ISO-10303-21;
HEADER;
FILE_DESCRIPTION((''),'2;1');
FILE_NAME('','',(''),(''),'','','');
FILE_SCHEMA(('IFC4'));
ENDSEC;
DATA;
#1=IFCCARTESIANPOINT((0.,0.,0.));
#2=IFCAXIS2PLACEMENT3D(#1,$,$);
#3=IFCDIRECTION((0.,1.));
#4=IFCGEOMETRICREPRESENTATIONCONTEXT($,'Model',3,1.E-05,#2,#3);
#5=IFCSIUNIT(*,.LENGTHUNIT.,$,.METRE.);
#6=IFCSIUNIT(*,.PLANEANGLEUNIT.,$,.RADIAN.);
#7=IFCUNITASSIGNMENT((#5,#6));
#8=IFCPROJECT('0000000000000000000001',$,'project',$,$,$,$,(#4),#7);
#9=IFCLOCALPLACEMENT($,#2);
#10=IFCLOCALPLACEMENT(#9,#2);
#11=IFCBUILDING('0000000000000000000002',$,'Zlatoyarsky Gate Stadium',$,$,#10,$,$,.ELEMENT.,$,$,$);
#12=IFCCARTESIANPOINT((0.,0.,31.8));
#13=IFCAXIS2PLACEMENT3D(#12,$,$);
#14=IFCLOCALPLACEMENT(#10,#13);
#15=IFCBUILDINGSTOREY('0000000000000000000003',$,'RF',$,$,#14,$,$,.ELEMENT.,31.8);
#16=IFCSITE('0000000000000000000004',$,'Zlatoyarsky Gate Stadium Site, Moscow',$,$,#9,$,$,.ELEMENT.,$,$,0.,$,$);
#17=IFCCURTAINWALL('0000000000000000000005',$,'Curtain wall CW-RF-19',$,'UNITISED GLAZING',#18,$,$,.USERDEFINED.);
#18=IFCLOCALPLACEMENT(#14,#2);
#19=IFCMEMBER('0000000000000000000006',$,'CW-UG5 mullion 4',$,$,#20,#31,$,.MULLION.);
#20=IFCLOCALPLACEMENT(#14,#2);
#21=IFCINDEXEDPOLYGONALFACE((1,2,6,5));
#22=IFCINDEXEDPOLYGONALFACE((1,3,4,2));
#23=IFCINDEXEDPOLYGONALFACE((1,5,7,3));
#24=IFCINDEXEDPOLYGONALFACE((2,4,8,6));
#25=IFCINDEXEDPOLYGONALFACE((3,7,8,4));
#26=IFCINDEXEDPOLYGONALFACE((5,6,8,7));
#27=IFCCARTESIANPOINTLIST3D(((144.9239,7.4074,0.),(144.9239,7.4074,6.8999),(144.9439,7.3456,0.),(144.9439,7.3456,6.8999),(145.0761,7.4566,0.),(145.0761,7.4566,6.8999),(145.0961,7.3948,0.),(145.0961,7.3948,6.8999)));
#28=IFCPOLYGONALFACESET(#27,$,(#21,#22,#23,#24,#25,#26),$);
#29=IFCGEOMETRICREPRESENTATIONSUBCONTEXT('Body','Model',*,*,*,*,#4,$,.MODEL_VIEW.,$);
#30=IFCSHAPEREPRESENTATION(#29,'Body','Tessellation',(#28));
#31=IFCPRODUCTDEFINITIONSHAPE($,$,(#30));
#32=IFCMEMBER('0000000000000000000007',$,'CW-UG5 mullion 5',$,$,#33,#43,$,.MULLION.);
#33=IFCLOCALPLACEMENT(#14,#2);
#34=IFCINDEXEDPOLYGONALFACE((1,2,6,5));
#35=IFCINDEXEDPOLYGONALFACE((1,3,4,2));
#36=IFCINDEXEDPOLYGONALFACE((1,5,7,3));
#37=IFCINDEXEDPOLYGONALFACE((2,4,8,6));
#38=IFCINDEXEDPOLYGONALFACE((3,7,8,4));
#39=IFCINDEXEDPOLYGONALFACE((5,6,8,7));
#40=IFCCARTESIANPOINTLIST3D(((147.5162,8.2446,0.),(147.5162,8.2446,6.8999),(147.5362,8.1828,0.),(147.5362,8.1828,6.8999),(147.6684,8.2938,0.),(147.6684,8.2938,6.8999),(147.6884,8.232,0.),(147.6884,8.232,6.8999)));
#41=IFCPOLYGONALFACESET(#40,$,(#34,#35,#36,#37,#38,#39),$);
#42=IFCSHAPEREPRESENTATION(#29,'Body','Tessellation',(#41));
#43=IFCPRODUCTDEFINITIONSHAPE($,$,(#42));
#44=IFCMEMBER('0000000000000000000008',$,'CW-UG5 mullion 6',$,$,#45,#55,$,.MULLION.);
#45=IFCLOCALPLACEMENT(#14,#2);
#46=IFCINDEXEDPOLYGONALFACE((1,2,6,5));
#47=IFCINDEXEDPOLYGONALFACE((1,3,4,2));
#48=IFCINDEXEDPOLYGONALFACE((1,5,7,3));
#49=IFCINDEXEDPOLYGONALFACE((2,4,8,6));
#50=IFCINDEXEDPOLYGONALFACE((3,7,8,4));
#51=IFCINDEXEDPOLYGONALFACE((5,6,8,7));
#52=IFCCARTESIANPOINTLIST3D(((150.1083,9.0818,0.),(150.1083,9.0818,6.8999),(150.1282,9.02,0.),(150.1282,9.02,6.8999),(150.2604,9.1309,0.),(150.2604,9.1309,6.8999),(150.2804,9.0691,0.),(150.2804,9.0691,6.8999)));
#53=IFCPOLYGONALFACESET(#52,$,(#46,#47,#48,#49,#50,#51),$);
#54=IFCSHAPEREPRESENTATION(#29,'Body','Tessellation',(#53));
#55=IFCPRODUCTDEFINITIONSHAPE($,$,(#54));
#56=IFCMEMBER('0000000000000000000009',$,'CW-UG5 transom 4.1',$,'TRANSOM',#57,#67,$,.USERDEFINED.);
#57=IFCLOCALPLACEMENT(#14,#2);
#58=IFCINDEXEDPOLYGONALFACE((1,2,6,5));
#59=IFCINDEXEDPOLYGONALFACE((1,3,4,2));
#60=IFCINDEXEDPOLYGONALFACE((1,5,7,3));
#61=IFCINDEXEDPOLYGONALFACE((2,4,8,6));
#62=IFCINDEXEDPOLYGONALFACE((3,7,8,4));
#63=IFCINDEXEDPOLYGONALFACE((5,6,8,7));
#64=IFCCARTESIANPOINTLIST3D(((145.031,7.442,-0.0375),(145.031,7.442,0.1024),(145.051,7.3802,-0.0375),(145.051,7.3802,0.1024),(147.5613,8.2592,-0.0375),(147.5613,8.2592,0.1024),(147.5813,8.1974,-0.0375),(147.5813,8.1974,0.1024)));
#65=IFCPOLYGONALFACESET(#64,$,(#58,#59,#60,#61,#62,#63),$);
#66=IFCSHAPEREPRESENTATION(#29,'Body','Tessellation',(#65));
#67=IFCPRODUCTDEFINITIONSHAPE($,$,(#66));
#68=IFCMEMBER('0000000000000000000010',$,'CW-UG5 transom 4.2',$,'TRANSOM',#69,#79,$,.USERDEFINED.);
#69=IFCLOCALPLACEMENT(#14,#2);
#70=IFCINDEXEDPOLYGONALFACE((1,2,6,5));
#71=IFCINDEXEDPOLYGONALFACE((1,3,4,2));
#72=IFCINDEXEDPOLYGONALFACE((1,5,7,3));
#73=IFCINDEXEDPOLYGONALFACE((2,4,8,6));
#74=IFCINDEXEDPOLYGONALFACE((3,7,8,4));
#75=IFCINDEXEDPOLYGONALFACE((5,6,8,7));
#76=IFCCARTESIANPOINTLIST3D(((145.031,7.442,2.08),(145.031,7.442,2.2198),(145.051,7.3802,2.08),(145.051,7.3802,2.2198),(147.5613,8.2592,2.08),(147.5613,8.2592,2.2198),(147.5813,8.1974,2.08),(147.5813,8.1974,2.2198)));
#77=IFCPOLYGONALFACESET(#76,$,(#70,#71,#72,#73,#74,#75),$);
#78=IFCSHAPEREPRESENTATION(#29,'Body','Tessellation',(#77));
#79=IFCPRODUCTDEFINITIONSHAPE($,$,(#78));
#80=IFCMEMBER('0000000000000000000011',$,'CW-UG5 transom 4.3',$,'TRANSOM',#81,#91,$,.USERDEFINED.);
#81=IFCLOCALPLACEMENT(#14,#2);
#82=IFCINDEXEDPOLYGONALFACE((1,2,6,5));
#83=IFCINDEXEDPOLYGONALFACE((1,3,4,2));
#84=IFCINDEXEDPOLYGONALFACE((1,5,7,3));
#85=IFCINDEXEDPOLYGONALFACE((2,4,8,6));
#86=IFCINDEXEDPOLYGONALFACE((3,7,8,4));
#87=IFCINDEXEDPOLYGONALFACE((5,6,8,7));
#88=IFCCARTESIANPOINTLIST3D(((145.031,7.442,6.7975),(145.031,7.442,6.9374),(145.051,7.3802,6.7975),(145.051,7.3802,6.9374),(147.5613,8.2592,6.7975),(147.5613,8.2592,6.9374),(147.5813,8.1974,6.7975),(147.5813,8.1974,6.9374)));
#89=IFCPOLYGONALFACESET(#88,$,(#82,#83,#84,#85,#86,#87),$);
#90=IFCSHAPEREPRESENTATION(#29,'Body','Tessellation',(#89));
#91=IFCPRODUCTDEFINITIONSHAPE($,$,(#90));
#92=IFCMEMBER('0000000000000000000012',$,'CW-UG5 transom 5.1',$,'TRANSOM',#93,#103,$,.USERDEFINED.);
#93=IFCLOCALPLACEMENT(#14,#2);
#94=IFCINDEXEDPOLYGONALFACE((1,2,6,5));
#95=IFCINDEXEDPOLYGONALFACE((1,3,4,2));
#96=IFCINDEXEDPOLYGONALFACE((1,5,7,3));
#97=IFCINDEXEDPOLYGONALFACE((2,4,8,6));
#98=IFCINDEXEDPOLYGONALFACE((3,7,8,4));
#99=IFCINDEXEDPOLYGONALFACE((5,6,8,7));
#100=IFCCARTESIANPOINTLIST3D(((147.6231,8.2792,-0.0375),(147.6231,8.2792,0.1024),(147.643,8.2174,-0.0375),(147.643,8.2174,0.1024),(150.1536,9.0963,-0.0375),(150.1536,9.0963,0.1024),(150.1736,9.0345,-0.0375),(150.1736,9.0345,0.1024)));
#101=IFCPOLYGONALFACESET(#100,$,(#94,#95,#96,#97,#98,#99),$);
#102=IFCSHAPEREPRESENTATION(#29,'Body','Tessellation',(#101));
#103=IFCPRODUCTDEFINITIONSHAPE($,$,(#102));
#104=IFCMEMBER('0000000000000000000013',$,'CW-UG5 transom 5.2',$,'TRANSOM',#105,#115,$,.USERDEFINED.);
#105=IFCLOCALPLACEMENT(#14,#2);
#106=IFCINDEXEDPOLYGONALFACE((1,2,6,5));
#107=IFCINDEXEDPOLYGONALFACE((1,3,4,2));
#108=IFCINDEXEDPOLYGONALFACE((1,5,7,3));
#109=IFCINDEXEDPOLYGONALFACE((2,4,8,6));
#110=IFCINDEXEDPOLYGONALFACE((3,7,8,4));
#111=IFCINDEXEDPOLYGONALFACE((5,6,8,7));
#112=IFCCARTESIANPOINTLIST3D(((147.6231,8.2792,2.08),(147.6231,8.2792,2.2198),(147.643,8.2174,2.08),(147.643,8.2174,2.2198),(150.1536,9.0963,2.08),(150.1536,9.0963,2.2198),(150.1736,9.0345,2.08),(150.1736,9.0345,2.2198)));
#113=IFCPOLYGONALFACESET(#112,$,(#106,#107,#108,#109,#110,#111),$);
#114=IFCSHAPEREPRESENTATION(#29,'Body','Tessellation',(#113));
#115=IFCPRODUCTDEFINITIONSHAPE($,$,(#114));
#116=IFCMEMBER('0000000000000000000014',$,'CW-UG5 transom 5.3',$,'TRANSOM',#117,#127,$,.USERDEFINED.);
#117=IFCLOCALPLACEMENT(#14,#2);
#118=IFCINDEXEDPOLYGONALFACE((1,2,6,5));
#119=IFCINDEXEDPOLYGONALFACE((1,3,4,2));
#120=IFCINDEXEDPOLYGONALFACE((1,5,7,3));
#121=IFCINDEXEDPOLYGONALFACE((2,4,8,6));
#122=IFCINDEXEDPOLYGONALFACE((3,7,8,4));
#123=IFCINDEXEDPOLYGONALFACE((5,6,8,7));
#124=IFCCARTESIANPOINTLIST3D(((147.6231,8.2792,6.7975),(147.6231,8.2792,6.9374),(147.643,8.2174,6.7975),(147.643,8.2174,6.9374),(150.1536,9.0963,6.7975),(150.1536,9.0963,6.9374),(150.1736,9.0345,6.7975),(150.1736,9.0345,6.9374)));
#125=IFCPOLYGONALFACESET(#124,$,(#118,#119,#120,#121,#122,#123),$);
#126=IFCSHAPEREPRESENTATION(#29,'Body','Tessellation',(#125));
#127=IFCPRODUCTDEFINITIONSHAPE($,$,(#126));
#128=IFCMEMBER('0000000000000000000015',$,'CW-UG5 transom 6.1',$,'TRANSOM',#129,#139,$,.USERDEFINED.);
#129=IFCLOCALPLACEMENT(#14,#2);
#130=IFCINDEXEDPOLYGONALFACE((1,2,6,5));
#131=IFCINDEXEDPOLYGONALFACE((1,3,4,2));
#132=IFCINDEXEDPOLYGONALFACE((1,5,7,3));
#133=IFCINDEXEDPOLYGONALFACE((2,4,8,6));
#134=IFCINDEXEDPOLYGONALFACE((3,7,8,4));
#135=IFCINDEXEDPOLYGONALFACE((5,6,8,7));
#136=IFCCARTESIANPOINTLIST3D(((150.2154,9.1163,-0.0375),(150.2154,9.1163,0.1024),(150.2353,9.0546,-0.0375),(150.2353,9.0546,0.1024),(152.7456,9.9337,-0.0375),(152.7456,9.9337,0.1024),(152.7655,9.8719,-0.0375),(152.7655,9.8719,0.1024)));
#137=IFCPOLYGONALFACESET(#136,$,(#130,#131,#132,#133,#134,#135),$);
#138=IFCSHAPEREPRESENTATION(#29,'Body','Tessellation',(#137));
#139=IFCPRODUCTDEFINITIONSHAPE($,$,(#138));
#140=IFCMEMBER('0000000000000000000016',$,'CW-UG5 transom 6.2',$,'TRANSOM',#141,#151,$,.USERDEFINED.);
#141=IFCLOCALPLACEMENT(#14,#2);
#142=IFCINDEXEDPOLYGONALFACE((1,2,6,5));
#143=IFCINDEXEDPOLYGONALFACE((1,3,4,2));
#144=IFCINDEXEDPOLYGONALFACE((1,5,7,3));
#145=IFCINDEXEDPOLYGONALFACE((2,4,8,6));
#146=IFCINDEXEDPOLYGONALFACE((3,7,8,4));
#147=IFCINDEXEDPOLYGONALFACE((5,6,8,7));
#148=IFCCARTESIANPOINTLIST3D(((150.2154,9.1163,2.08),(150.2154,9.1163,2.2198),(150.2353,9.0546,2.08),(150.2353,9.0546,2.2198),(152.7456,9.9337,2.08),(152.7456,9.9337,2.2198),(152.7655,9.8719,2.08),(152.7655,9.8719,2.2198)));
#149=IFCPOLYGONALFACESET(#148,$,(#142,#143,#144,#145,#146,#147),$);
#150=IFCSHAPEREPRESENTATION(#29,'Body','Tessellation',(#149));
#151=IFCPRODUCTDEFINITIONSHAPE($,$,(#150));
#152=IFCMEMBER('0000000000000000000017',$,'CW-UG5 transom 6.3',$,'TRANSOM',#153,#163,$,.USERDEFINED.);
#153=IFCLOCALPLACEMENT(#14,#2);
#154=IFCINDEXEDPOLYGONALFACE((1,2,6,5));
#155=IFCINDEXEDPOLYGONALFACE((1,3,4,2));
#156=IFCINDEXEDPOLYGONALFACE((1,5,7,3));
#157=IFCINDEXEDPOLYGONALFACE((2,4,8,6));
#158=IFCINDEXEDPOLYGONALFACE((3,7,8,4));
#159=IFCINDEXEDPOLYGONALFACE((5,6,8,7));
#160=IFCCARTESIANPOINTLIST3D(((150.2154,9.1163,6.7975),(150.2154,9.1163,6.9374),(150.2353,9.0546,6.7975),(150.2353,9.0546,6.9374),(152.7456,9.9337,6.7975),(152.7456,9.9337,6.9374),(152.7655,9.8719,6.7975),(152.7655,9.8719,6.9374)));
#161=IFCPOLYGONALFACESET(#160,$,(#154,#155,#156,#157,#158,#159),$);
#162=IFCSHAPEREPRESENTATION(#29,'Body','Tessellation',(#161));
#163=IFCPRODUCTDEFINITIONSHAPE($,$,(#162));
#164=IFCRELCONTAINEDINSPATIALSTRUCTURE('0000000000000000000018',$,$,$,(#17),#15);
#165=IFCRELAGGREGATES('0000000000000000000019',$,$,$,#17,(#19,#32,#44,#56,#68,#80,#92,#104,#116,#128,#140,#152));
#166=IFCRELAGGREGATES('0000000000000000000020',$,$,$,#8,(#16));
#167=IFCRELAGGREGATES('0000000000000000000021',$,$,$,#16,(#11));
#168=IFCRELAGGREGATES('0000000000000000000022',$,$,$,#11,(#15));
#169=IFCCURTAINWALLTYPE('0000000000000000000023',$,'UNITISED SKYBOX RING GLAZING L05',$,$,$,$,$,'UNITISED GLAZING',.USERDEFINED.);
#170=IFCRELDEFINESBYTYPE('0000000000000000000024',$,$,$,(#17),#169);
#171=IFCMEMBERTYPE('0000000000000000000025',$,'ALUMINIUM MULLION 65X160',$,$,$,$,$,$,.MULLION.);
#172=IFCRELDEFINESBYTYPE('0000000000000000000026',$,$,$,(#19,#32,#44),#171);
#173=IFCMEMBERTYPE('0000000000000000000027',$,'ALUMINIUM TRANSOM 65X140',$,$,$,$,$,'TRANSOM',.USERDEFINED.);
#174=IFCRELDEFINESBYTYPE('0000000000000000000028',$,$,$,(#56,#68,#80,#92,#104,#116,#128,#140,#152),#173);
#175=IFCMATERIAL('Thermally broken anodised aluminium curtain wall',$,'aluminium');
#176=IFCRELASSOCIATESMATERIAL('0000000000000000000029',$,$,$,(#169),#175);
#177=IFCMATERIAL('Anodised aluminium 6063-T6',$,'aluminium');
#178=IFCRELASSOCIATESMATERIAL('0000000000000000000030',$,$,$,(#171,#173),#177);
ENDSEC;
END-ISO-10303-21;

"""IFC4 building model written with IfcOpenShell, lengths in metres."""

from ifc_helpers import new_model, si_unit, direction, frame, origin, origin_2d, place, context, subcontext, project, spatial, rectangle, extrude, material, material_profile, profile_set, type_object, element, aggregate, save


model = new_model("IFC4")

# Units and contexts
model_context = context("Model", 3, precision=1e-05, world=origin(), true_north=direction((0.0, 1.0)))
body_context = subcontext(model_context, "Body", "Model", "MODEL_VIEW")
ifc_project = project(units=[si_unit("LENGTHUNIT", "METRE"), si_unit("PLANEANGLEUNIT", "RADIAN")], contexts=[model_context])

# Site, building, storey
site_placement = place(None, origin())
site = spatial("IfcSite", under=ifc_project, at=site_placement, Name="Zlatoyarsky Gate Stadium Site, Moscow", CompositionType="ELEMENT", RefElevation=0.0)
building_placement = place(site_placement, origin())
building = spatial("IfcBuilding", under=site, at=building_placement, Name="Zlatoyarsky Gate Stadium", CompositionType="ELEMENT")
storey_placement = place(building_placement, frame((0.0, 0.0, 31.8)))
storey = spatial("IfcBuildingStorey", under=building, at=storey_placement, Name="RF", CompositionType="ELEMENT", Elevation=31.8)

# Curtain wall, members
ifc_material_1 = material(Name="Thermally broken anodised aluminium curtain wall", Category="aluminium")
curtain_wall_type = type_object("IfcCurtainWallType", Name="UNITISED SKYBOX RING GLAZING L05", ElementType="UNITISED GLAZING", PredefinedType="USERDEFINED", material=ifc_material_1)
curtain_wall_placement = place(storey_placement, origin())
curtain_wall = element("IfcCurtainWall", 1, at=curtain_wall_placement, inside=storey, type_object=curtain_wall_type, Name="Curtain wall CW-RF-19", ObjectType="UNITISED GLAZING", PredefinedType="USERDEFINED")
ifc_material_2 = material(Name="Anodised aluminium 6063-T6", Category="aluminium")
ifc_material_profile_1 = material_profile(ifc_material_2, rectangle(XDim=0.0649, YDim=0.1599, at=origin_2d()), Name="ALU 65X160")
ifc_profile_set_1 = profile_set([ifc_material_profile_1], Name="Anodised aluminium 6063-T6")
member_type_1 = type_object("IfcMemberType", Name="ALUMINIUM MULLION 65X160", PredefinedType="MULLION", material=ifc_profile_set_1)
member_1_placement = place(storey_placement, frame((145.01, 7.4011, 0.0), z_axis=(0.0, 0.0, 1.0), x_axis=(-0.307352, 0.951596, 0.0)))
member_1 = element("IfcMember", 2, at=member_1_placement, type_object=member_type_1, Name="CW-UG5 mullion 4", PredefinedType="MULLION", context=body_context, shape_type="SweptSolid", body=[
    extrude(rectangle(XDim=0.0649, YDim=0.1599, at=origin_2d()), origin(), (0.0, 0.0, 1.0), 6.8999),
])
member_2_placement = place(storey_placement, frame((147.6023, 8.2383, 0.0), z_axis=(0.0, 0.0, 1.0), x_axis=(-0.307352, 0.951596, 0.0)))
member_2 = element("IfcMember", 3, at=member_2_placement, type_object=member_type_1, Name="CW-UG5 mullion 5", PredefinedType="MULLION", context=body_context, shape_type="SweptSolid", body=[
    extrude(rectangle(XDim=0.0649, YDim=0.1599, at=origin_2d()), origin(), (0.0, 0.0, 1.0), 6.8999),
])
member_3_placement = place(storey_placement, frame((150.1943, 9.0754, 0.0), z_axis=(0.0, 0.0, 1.0), x_axis=(-0.307352, 0.951596, 0.0)))
member_3 = element("IfcMember", 4, at=member_3_placement, type_object=member_type_1, Name="CW-UG5 mullion 6", PredefinedType="MULLION", context=body_context, shape_type="SweptSolid", body=[
    extrude(rectangle(XDim=0.0649, YDim=0.1599, at=origin_2d()), origin(), (0.0, 0.0, 1.0), 6.8999),
])
ifc_material_profile_2 = material_profile(ifc_material_2, rectangle(XDim=0.0649, YDim=0.1399, at=origin_2d()), Name="ALU 65X140")
ifc_profile_set_2 = profile_set([ifc_material_profile_2], Name="Anodised aluminium 6063-T6")
member_type_2 = type_object("IfcMemberType", Name="ALUMINIUM TRANSOM 65X140", ElementType="TRANSOM", PredefinedType="USERDEFINED", material=ifc_profile_set_2)
member_4_placement = place(storey_placement, frame((145.041, 7.4111, 0.0325), z_axis=(0.951607, 0.307317, 0.0), x_axis=(-0.307317, 0.951607, 0.0)))
member_4 = element("IfcMember", 5, at=member_4_placement, type_object=member_type_2, Name="CW-UG5 transom 4.1", ObjectType="TRANSOM", PredefinedType="USERDEFINED", context=body_context, shape_type="SweptSolid", body=[
    extrude(rectangle(XDim=0.0649, YDim=0.1399, at=origin_2d()), origin(), (0.0, 0.0, 1.0), 2.6589),
])
member_5_placement = place(storey_placement, frame((145.041, 7.4111, 2.1499), z_axis=(0.951607, 0.307317, 0.0), x_axis=(-0.307317, 0.951607, 0.0)))
member_5 = element("IfcMember", 6, at=member_5_placement, type_object=member_type_2, Name="CW-UG5 transom 4.2", ObjectType="TRANSOM", PredefinedType="USERDEFINED", context=body_context, shape_type="SweptSolid", body=[
    extrude(rectangle(XDim=0.0649, YDim=0.1399, at=origin_2d()), origin(), (0.0, 0.0, 1.0), 2.6589),
])
member_6_placement = place(storey_placement, frame((145.041, 7.4111, 6.8674), z_axis=(0.951607, 0.307317, 0.0), x_axis=(-0.307317, 0.951607, 0.0)))
member_6 = element("IfcMember", 7, at=member_6_placement, type_object=member_type_2, Name="CW-UG5 transom 4.3", ObjectType="TRANSOM", PredefinedType="USERDEFINED", context=body_context, shape_type="SweptSolid", body=[
    extrude(rectangle(XDim=0.0649, YDim=0.1399, at=origin_2d()), origin(), (0.0, 0.0, 1.0), 2.6589),
])
member_7_placement = place(storey_placement, frame((147.6331, 8.2483, 0.0325), z_axis=(0.951616, 0.30729, 0.0), x_axis=(-0.30729, 0.951616, 0.0)))
member_7 = element("IfcMember", 8, at=member_7_placement, type_object=member_type_2, Name="CW-UG5 transom 5.1", ObjectType="TRANSOM", PredefinedType="USERDEFINED", context=body_context, shape_type="SweptSolid", body=[
    extrude(rectangle(XDim=0.0649, YDim=0.1399, at=origin_2d()), origin(), (0.0, 0.0, 1.0), 2.6592),
])
member_8_placement = place(storey_placement, frame((147.6331, 8.2483, 2.1499), z_axis=(0.951616, 0.30729, 0.0), x_axis=(-0.30729, 0.951616, 0.0)))
member_8 = element("IfcMember", 9, at=member_8_placement, type_object=member_type_2, Name="CW-UG5 transom 5.2", ObjectType="TRANSOM", PredefinedType="USERDEFINED", context=body_context, shape_type="SweptSolid", body=[
    extrude(rectangle(XDim=0.0649, YDim=0.1399, at=origin_2d()), origin(), (0.0, 0.0, 1.0), 2.6592),
])
member_9_placement = place(storey_placement, frame((147.6331, 8.2483, 6.8674), z_axis=(0.951616, 0.30729, 0.0), x_axis=(-0.30729, 0.951616, 0.0)))
member_9 = element("IfcMember", 10, at=member_9_placement, type_object=member_type_2, Name="CW-UG5 transom 5.3", ObjectType="TRANSOM", PredefinedType="USERDEFINED", context=body_context, shape_type="SweptSolid", body=[
    extrude(rectangle(XDim=0.0649, YDim=0.1399, at=origin_2d()), origin(), (0.0, 0.0, 1.0), 2.6592),
])
member_10_placement = place(storey_placement, frame((150.2253, 9.0854, 0.0325), z_axis=(0.95158, 0.3074, 0.0), x_axis=(-0.3074, 0.95158, 0.0)))
member_10 = element("IfcMember", 11, at=member_10_placement, type_object=member_type_2, Name="CW-UG5 transom 6.1", ObjectType="TRANSOM", PredefinedType="USERDEFINED", context=body_context, shape_type="SweptSolid", body=[
    extrude(rectangle(XDim=0.0649, YDim=0.1399, at=origin_2d()), origin(), (0.0, 0.0, 1.0), 2.6589),
])
member_11_placement = place(storey_placement, frame((150.2253, 9.0854, 2.1499), z_axis=(0.95158, 0.3074, 0.0), x_axis=(-0.3074, 0.95158, 0.0)))
member_11 = element("IfcMember", 12, at=member_11_placement, type_object=member_type_2, Name="CW-UG5 transom 6.2", ObjectType="TRANSOM", PredefinedType="USERDEFINED", context=body_context, shape_type="SweptSolid", body=[
    extrude(rectangle(XDim=0.0649, YDim=0.1399, at=origin_2d()), origin(), (0.0, 0.0, 1.0), 2.6589),
])
member_12_placement = place(storey_placement, frame((150.2253, 9.0854, 6.8674), z_axis=(0.95158, 0.3074, 0.0), x_axis=(-0.3074, 0.95158, 0.0)))
member_12 = element("IfcMember", 13, at=member_12_placement, type_object=member_type_2, Name="CW-UG5 transom 6.3", ObjectType="TRANSOM", PredefinedType="USERDEFINED", context=body_context, shape_type="SweptSolid", body=[
    extrude(rectangle(XDim=0.0649, YDim=0.1399, at=origin_2d()), origin(), (0.0, 0.0, 1.0), 2.6589),
])

aggregate(curtain_wall, [member_1, member_2, member_3, member_4, member_5, member_6, member_7, member_8, member_9, member_10, member_11, member_12])

save(model, "model.ifc")
